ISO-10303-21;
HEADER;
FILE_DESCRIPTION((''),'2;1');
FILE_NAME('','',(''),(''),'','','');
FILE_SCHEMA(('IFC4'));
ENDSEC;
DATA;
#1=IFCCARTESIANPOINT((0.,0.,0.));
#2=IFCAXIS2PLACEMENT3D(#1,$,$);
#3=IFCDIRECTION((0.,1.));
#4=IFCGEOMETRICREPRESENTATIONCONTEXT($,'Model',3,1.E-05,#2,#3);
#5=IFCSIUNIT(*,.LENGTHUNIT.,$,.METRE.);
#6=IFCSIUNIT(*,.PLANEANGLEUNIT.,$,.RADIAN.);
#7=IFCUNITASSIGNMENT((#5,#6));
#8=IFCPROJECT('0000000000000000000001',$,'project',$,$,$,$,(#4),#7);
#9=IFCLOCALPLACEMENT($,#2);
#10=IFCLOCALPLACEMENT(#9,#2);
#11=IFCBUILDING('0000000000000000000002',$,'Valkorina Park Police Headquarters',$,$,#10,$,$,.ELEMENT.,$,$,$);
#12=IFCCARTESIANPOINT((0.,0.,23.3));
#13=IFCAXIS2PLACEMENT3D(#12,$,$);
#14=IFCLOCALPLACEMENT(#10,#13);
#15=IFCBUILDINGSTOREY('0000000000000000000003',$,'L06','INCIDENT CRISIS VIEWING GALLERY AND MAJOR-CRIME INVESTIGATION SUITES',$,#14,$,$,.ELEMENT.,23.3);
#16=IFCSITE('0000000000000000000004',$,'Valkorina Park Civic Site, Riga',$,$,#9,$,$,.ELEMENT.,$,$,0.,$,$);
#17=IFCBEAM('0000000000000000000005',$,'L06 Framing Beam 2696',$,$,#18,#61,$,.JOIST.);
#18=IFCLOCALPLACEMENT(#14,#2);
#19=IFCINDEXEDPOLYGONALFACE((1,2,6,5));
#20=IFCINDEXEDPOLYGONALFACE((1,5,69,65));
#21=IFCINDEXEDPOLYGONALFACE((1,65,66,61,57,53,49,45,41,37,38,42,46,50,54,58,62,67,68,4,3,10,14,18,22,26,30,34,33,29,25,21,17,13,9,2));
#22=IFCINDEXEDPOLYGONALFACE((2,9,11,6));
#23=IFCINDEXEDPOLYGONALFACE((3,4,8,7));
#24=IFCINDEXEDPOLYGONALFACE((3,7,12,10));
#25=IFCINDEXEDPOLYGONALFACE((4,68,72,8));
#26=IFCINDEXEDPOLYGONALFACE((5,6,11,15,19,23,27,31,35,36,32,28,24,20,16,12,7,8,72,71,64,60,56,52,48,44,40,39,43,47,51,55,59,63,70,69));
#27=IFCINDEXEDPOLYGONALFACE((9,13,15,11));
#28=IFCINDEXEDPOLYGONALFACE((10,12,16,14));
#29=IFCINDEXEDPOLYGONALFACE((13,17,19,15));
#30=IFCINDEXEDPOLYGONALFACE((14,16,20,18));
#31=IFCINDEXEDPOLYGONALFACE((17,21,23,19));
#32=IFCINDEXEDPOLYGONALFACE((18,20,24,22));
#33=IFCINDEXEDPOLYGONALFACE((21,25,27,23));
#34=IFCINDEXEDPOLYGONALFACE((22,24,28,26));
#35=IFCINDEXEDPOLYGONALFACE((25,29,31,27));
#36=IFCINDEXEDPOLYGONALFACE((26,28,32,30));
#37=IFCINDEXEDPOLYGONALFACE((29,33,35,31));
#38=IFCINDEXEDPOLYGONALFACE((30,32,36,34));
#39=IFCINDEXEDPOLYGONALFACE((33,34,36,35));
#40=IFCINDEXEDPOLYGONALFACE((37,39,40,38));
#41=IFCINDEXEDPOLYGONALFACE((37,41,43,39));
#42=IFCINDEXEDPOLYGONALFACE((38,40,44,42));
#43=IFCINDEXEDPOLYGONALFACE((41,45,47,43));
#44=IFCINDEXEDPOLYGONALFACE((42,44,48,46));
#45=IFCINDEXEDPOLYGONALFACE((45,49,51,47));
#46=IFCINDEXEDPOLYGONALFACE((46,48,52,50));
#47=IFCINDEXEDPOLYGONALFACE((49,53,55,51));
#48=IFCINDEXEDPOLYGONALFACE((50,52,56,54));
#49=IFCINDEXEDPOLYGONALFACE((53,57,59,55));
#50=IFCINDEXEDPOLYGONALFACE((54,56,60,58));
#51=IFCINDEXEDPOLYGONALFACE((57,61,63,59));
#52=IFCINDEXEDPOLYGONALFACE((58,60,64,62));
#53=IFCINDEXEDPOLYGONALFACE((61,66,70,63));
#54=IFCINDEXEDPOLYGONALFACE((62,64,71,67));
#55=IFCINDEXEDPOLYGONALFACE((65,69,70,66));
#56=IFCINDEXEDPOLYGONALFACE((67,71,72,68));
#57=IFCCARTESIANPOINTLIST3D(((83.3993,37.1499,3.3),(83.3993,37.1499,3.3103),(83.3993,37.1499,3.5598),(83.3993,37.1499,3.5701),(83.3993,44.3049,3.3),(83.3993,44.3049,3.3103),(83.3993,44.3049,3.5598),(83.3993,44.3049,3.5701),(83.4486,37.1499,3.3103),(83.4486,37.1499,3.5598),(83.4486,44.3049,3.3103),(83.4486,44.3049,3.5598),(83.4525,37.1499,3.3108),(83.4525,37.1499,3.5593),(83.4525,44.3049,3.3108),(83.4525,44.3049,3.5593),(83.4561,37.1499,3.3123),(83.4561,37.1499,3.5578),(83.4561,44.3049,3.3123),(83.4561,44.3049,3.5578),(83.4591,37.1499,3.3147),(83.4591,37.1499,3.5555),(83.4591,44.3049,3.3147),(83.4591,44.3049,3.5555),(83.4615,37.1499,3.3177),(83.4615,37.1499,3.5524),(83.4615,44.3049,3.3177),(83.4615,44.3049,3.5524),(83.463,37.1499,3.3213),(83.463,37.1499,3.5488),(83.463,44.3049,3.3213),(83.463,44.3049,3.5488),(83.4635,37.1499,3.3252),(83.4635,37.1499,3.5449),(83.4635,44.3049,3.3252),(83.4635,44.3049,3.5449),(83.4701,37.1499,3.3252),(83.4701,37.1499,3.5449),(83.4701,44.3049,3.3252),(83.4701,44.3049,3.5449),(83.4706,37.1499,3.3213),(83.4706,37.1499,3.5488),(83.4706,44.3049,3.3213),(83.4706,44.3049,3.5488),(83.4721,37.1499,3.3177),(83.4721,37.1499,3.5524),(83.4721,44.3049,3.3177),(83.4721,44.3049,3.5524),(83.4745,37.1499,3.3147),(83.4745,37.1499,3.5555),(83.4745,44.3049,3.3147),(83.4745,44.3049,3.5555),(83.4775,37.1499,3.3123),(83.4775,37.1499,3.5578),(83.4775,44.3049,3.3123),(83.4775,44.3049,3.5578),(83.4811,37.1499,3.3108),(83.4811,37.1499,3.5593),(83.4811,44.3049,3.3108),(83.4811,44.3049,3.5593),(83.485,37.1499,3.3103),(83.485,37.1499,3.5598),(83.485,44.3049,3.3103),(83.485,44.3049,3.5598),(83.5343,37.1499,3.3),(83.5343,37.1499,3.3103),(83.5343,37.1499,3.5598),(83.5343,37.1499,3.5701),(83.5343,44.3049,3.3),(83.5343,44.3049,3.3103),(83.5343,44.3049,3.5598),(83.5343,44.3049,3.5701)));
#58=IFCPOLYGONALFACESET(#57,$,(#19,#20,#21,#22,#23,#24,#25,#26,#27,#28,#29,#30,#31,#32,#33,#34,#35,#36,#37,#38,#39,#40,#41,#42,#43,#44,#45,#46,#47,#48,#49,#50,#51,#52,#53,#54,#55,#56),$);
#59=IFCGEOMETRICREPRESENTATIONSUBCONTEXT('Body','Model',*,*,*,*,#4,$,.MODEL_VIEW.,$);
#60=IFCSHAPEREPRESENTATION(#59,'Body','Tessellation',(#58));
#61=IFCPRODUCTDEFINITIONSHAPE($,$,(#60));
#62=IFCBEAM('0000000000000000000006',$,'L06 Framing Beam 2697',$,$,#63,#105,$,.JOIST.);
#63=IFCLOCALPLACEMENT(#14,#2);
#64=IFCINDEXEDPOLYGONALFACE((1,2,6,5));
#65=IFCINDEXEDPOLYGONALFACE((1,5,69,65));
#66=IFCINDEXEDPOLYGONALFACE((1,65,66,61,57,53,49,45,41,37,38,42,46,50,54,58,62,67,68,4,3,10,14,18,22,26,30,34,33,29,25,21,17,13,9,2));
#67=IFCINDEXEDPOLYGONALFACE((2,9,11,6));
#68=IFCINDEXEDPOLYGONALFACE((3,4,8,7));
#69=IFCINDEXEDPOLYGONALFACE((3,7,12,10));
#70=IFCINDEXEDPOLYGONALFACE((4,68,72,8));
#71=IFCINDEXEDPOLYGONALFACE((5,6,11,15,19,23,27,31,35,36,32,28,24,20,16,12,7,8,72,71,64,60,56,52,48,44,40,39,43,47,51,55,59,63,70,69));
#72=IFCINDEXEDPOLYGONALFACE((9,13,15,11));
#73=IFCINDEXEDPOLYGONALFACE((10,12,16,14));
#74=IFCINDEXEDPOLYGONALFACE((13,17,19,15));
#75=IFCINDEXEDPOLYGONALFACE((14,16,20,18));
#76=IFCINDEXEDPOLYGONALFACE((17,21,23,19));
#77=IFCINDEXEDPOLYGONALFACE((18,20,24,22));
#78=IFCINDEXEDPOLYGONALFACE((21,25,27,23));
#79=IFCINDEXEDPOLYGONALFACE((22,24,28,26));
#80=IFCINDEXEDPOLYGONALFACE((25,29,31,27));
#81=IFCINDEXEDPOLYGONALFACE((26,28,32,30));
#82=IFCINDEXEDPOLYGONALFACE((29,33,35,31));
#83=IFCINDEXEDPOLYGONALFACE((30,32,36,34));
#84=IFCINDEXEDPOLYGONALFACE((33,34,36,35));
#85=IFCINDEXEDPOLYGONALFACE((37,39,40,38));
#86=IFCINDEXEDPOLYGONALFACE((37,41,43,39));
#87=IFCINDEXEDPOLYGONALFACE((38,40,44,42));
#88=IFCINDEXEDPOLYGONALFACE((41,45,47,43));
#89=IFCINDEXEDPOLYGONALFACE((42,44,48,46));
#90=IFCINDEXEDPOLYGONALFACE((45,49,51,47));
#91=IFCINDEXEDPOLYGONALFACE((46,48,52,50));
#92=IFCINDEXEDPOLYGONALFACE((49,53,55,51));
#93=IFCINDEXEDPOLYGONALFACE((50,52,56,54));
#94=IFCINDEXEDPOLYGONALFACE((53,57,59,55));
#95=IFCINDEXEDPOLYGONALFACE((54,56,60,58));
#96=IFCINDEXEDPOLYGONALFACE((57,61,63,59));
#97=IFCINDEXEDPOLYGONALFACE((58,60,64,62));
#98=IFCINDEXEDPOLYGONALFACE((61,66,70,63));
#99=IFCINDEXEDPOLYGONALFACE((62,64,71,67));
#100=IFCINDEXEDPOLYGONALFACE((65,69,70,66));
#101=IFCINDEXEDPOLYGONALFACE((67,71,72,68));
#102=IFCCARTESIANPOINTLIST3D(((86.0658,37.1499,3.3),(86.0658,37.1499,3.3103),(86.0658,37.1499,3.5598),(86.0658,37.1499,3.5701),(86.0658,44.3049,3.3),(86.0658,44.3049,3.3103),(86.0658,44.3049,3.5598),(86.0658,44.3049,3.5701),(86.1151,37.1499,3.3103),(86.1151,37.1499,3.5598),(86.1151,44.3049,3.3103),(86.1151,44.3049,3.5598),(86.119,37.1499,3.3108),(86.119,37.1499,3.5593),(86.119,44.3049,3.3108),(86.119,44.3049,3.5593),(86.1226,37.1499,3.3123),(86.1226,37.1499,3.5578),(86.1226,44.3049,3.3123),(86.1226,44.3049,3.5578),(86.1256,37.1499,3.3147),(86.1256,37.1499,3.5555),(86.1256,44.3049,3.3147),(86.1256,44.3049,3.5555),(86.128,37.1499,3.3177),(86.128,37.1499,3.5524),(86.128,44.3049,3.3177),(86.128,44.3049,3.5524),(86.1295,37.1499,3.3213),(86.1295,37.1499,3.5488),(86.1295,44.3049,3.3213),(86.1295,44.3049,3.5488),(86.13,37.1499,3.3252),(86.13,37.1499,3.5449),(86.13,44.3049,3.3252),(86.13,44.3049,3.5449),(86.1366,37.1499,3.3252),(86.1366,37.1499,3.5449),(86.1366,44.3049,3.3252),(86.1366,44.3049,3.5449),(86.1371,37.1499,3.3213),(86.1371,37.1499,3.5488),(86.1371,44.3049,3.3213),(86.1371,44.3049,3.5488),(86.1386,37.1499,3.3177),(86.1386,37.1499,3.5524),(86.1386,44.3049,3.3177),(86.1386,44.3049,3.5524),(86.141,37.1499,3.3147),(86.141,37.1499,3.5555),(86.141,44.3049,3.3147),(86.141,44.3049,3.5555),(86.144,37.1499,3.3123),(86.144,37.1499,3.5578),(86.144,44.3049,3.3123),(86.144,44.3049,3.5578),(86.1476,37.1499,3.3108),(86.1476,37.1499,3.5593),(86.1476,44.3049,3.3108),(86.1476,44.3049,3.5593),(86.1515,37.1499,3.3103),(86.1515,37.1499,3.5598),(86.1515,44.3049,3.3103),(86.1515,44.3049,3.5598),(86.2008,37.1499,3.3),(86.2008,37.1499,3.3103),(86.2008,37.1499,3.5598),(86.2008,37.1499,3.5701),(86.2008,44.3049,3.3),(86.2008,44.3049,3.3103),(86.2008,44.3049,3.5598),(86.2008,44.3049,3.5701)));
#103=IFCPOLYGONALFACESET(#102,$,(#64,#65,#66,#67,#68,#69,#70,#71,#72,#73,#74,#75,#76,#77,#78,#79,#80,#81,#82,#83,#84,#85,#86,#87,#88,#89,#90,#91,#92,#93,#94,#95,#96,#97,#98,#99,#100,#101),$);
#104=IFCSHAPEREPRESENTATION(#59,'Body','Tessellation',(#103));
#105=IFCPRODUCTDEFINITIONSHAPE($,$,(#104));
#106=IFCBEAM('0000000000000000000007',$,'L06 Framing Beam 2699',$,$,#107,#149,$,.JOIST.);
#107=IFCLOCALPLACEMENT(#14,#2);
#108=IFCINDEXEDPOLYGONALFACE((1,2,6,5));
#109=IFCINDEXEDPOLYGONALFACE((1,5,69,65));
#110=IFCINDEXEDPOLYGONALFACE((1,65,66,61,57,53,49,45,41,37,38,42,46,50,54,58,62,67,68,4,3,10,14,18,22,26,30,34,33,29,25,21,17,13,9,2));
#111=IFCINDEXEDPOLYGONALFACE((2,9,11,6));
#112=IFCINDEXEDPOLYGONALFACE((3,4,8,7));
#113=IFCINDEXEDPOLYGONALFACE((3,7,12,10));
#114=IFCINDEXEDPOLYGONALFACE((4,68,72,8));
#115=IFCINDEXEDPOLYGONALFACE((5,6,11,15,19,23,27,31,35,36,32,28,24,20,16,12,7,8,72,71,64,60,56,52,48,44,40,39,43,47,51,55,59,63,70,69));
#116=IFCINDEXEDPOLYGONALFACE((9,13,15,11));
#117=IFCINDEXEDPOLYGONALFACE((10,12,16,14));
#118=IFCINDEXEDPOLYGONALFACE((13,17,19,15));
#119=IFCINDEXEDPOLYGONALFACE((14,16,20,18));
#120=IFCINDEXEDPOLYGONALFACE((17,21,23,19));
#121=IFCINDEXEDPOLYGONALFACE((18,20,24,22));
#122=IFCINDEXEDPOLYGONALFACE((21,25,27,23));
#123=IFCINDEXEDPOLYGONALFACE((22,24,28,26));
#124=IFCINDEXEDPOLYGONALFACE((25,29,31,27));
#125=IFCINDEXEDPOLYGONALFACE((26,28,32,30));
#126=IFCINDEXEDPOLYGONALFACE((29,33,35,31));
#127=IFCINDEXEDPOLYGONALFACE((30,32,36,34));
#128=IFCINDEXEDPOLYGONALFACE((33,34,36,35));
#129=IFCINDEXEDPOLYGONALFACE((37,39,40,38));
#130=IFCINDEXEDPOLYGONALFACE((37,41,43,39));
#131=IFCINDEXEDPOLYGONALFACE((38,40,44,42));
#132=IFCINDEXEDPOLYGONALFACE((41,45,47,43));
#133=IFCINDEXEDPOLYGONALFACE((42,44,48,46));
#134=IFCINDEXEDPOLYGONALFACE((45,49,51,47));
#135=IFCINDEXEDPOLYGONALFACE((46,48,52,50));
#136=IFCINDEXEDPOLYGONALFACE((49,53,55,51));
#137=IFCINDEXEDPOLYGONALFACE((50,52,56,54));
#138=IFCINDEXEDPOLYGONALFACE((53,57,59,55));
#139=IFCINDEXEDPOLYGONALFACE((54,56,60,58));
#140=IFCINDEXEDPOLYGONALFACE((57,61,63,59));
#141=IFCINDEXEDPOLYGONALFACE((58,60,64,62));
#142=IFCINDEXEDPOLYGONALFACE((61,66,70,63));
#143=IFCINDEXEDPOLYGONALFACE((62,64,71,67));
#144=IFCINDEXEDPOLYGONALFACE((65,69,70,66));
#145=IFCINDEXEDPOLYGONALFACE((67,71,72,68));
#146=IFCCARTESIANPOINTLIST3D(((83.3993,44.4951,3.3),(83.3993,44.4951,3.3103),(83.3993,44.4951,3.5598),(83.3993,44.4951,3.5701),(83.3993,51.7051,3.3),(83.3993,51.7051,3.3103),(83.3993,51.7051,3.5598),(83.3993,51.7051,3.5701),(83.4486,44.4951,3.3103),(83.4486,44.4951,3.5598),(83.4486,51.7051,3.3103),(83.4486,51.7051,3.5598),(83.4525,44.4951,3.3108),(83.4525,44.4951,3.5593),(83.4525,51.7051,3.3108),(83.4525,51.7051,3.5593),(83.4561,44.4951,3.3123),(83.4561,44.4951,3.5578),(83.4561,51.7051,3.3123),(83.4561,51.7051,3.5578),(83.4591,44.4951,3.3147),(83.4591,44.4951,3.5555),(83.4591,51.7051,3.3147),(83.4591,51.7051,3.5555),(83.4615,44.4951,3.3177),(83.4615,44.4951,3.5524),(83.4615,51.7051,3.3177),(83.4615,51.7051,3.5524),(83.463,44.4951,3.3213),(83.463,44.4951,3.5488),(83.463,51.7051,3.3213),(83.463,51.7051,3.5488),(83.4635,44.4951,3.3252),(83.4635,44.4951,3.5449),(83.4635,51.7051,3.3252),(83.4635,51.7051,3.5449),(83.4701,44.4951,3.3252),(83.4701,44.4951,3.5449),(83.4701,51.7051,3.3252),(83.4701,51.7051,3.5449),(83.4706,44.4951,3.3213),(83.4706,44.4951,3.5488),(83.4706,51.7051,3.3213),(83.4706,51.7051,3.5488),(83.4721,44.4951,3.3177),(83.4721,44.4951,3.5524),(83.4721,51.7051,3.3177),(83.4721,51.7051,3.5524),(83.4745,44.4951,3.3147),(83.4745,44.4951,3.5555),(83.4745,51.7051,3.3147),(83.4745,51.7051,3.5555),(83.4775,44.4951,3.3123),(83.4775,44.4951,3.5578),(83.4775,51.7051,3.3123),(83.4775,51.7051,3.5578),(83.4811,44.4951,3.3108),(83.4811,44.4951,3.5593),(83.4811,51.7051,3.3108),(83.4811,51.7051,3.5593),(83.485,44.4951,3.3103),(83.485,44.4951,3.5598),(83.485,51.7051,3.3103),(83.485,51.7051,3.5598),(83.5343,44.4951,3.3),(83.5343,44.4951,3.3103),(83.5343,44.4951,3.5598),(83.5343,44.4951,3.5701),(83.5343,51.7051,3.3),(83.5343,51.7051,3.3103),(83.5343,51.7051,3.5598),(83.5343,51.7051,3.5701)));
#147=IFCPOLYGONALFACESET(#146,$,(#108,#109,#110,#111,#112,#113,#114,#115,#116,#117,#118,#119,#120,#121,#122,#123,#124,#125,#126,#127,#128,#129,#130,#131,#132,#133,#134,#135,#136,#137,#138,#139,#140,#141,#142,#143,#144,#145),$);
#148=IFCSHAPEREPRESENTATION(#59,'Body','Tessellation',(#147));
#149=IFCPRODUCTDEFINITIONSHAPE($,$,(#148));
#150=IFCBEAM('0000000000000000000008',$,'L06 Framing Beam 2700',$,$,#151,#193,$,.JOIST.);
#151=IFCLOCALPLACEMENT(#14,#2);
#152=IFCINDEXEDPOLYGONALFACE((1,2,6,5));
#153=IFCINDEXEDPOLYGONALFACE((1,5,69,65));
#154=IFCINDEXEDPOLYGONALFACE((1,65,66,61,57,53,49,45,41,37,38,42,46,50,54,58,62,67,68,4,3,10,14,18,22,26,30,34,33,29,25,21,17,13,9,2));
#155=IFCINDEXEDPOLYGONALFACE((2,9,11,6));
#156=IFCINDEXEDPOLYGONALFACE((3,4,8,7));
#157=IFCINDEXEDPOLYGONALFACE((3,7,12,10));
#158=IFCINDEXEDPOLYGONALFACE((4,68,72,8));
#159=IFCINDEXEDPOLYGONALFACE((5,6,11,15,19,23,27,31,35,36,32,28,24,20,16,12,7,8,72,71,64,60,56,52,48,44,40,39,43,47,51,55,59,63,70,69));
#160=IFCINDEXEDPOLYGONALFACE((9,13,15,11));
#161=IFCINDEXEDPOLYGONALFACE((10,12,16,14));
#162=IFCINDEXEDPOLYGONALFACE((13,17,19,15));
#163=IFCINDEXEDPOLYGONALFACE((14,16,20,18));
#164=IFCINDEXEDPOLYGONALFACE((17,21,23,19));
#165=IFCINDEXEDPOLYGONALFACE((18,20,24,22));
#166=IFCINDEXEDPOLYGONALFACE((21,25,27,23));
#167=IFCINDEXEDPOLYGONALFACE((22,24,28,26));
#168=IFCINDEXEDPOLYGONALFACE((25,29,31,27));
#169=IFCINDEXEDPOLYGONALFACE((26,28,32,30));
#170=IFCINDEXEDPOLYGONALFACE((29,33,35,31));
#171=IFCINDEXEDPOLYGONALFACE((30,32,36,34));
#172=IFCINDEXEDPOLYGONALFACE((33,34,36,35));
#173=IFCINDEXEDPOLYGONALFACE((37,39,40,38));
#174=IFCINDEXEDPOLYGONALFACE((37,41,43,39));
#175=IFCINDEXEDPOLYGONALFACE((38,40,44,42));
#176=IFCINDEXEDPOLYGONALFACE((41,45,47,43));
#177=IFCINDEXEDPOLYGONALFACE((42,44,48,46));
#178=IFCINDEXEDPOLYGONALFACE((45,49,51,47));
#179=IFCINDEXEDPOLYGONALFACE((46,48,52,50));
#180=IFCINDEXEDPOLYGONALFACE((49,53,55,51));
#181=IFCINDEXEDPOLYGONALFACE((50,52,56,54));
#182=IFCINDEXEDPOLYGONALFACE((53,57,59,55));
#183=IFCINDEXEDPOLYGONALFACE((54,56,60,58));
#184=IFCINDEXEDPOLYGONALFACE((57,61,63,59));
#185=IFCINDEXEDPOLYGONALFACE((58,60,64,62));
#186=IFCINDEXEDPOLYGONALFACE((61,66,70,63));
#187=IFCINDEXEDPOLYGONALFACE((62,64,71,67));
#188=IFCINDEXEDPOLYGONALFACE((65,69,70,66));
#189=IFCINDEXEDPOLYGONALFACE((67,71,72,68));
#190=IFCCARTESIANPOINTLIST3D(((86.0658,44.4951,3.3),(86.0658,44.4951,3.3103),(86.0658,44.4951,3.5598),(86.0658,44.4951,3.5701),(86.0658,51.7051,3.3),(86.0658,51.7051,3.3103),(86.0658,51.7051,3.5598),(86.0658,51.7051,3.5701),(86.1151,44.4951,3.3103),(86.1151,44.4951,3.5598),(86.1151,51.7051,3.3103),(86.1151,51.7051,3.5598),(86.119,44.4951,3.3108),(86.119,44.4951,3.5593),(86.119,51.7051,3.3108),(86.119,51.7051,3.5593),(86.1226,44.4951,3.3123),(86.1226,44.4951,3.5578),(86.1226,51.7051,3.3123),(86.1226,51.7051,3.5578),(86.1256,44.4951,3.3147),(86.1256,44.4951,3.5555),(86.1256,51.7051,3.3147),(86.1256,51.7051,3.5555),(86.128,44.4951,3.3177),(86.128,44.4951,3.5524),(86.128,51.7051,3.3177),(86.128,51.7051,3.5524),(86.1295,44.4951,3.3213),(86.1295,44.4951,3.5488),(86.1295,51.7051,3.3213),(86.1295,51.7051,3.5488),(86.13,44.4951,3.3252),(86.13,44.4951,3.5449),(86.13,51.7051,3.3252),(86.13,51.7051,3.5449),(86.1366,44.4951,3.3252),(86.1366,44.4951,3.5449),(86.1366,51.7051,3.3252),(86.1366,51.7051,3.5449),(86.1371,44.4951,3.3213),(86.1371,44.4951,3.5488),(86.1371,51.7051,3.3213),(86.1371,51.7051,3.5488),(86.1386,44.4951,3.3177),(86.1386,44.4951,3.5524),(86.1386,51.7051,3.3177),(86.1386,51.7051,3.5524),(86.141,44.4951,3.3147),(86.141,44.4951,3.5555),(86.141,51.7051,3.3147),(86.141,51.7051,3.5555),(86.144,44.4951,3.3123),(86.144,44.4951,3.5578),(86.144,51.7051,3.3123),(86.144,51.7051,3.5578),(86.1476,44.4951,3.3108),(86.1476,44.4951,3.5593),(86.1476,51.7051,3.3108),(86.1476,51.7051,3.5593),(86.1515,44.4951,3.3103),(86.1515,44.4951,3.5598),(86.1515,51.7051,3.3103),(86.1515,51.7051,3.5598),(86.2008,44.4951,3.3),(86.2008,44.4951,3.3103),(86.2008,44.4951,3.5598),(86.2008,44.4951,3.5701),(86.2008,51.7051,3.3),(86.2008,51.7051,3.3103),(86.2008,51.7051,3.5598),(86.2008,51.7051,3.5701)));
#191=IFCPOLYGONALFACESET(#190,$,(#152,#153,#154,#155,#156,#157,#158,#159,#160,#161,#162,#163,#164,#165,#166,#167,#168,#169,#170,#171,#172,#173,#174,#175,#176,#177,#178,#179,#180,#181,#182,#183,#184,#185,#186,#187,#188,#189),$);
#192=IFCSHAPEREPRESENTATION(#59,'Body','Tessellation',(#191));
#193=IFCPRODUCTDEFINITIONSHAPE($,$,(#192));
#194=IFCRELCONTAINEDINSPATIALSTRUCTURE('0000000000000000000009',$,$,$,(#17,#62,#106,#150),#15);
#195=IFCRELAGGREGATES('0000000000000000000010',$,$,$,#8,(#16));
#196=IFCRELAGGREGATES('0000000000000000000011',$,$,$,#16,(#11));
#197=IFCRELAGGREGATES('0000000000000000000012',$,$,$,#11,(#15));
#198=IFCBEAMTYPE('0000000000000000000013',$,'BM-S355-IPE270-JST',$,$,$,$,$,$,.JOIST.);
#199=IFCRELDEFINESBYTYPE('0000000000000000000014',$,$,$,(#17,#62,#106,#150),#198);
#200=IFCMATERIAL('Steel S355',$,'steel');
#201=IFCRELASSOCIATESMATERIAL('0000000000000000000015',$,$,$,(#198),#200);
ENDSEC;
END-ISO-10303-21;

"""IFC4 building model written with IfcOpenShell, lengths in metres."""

from ifc_helpers import new_model, si_unit, direction, frame, origin, origin_2d, place, context, subcontext, project, spatial, i_section, extrude, material, material_profile, profile_set, type_object, element, save


model = new_model("IFC4")

# Units and contexts
model_context = context("Model", 3, precision=1e-05, world=origin(), true_north=direction((0.0, 1.0)))
body_context = subcontext(model_context, "Body", "Model", "MODEL_VIEW")
ifc_project = project(units=[si_unit("LENGTHUNIT", "METRE"), si_unit("PLANEANGLEUNIT", "RADIAN")], contexts=[model_context])

# Site, building, storey
site_placement = place(None, origin())
site = spatial("IfcSite", under=ifc_project, at=site_placement, Name="Valkorina Park Civic Site, Riga", CompositionType="ELEMENT", RefElevation=0.0)
building_placement = place(site_placement, origin())
building = spatial("IfcBuilding", under=site, at=building_placement, Name="Valkorina Park Police Headquarters", CompositionType="ELEMENT")
storey_placement = place(building_placement, frame((0.0, 0.0, 23.3)))
storey = spatial("IfcBuildingStorey", under=building, at=storey_placement, Name="L06", Description="INCIDENT CRISIS VIEWING GALLERY AND MAJOR-CRIME INVESTIGATION SUITES", CompositionType="ELEMENT", Elevation=23.3)

# Shared definitions
ifc_material_1 = material(Name="Steel S355", Category="steel")

# Beams
ifc_material_profile_1 = material_profile(ifc_material_1, i_section(OverallWidth=0.135, OverallDepth=0.27, WebThickness=0.0066, FlangeThickness=0.0103, FilletRadius=0.0149, at=origin_2d()), Name="IPE 270")
ifc_profile_set_1 = profile_set([ifc_material_profile_1], Name="Steel S355")
beam_type_1 = type_object("IfcBeamType", Name="BM-S355-IPE270-JST", PredefinedType="JOIST", material=ifc_profile_set_1)
for number, where, z_axis, x_axis, name in (
    (1, (83.4668, 37.1499, 3.4351), (0.0, 1.0, 0.0), (-1.0, 0.0, 0.0), "L06 Framing Beam 2696"),
    (2, (86.1333, 37.1499, 3.4351), (0.0, 1.0, 0.0), (-1.0, 0.0, 0.0), "L06 Framing Beam 2697"),
):
    element("IfcBeam", number, at=place(storey_placement, frame(where, z_axis=z_axis, x_axis=x_axis)), inside=storey, type_object=beam_type_1, Name=name, PredefinedType="JOIST", context=body_context, shape_type="SweptSolid", body=[
        extrude(i_section(OverallWidth=0.135, OverallDepth=0.27, WebThickness=0.0066, FlangeThickness=0.0103, FilletRadius=0.0149, at=origin_2d()), origin(), (0.0, 0.0, 1.0), 7.155),
    ])
for number, where, z_axis, x_axis, name in (
    (3, (83.4668, 44.4951, 3.4351), (0.0, 1.0, 0.0), (-1.0, 0.0, 0.0), "L06 Framing Beam 2699"),
    (4, (86.1333, 44.4951, 3.4351), (0.0, 1.0, 0.0), (-1.0, 0.0, 0.0), "L06 Framing Beam 2700"),
):
    element("IfcBeam", number, at=place(storey_placement, frame(where, z_axis=z_axis, x_axis=x_axis)), inside=storey, type_object=beam_type_1, Name=name, PredefinedType="JOIST", context=body_context, shape_type="SweptSolid", body=[
        extrude(i_section(OverallWidth=0.135, OverallDepth=0.27, WebThickness=0.0066, FlangeThickness=0.0103, FilletRadius=0.0149, at=origin_2d()), origin(), (0.0, 0.0, 1.0), 7.21),
    ])

save(model, "model.ifc")
